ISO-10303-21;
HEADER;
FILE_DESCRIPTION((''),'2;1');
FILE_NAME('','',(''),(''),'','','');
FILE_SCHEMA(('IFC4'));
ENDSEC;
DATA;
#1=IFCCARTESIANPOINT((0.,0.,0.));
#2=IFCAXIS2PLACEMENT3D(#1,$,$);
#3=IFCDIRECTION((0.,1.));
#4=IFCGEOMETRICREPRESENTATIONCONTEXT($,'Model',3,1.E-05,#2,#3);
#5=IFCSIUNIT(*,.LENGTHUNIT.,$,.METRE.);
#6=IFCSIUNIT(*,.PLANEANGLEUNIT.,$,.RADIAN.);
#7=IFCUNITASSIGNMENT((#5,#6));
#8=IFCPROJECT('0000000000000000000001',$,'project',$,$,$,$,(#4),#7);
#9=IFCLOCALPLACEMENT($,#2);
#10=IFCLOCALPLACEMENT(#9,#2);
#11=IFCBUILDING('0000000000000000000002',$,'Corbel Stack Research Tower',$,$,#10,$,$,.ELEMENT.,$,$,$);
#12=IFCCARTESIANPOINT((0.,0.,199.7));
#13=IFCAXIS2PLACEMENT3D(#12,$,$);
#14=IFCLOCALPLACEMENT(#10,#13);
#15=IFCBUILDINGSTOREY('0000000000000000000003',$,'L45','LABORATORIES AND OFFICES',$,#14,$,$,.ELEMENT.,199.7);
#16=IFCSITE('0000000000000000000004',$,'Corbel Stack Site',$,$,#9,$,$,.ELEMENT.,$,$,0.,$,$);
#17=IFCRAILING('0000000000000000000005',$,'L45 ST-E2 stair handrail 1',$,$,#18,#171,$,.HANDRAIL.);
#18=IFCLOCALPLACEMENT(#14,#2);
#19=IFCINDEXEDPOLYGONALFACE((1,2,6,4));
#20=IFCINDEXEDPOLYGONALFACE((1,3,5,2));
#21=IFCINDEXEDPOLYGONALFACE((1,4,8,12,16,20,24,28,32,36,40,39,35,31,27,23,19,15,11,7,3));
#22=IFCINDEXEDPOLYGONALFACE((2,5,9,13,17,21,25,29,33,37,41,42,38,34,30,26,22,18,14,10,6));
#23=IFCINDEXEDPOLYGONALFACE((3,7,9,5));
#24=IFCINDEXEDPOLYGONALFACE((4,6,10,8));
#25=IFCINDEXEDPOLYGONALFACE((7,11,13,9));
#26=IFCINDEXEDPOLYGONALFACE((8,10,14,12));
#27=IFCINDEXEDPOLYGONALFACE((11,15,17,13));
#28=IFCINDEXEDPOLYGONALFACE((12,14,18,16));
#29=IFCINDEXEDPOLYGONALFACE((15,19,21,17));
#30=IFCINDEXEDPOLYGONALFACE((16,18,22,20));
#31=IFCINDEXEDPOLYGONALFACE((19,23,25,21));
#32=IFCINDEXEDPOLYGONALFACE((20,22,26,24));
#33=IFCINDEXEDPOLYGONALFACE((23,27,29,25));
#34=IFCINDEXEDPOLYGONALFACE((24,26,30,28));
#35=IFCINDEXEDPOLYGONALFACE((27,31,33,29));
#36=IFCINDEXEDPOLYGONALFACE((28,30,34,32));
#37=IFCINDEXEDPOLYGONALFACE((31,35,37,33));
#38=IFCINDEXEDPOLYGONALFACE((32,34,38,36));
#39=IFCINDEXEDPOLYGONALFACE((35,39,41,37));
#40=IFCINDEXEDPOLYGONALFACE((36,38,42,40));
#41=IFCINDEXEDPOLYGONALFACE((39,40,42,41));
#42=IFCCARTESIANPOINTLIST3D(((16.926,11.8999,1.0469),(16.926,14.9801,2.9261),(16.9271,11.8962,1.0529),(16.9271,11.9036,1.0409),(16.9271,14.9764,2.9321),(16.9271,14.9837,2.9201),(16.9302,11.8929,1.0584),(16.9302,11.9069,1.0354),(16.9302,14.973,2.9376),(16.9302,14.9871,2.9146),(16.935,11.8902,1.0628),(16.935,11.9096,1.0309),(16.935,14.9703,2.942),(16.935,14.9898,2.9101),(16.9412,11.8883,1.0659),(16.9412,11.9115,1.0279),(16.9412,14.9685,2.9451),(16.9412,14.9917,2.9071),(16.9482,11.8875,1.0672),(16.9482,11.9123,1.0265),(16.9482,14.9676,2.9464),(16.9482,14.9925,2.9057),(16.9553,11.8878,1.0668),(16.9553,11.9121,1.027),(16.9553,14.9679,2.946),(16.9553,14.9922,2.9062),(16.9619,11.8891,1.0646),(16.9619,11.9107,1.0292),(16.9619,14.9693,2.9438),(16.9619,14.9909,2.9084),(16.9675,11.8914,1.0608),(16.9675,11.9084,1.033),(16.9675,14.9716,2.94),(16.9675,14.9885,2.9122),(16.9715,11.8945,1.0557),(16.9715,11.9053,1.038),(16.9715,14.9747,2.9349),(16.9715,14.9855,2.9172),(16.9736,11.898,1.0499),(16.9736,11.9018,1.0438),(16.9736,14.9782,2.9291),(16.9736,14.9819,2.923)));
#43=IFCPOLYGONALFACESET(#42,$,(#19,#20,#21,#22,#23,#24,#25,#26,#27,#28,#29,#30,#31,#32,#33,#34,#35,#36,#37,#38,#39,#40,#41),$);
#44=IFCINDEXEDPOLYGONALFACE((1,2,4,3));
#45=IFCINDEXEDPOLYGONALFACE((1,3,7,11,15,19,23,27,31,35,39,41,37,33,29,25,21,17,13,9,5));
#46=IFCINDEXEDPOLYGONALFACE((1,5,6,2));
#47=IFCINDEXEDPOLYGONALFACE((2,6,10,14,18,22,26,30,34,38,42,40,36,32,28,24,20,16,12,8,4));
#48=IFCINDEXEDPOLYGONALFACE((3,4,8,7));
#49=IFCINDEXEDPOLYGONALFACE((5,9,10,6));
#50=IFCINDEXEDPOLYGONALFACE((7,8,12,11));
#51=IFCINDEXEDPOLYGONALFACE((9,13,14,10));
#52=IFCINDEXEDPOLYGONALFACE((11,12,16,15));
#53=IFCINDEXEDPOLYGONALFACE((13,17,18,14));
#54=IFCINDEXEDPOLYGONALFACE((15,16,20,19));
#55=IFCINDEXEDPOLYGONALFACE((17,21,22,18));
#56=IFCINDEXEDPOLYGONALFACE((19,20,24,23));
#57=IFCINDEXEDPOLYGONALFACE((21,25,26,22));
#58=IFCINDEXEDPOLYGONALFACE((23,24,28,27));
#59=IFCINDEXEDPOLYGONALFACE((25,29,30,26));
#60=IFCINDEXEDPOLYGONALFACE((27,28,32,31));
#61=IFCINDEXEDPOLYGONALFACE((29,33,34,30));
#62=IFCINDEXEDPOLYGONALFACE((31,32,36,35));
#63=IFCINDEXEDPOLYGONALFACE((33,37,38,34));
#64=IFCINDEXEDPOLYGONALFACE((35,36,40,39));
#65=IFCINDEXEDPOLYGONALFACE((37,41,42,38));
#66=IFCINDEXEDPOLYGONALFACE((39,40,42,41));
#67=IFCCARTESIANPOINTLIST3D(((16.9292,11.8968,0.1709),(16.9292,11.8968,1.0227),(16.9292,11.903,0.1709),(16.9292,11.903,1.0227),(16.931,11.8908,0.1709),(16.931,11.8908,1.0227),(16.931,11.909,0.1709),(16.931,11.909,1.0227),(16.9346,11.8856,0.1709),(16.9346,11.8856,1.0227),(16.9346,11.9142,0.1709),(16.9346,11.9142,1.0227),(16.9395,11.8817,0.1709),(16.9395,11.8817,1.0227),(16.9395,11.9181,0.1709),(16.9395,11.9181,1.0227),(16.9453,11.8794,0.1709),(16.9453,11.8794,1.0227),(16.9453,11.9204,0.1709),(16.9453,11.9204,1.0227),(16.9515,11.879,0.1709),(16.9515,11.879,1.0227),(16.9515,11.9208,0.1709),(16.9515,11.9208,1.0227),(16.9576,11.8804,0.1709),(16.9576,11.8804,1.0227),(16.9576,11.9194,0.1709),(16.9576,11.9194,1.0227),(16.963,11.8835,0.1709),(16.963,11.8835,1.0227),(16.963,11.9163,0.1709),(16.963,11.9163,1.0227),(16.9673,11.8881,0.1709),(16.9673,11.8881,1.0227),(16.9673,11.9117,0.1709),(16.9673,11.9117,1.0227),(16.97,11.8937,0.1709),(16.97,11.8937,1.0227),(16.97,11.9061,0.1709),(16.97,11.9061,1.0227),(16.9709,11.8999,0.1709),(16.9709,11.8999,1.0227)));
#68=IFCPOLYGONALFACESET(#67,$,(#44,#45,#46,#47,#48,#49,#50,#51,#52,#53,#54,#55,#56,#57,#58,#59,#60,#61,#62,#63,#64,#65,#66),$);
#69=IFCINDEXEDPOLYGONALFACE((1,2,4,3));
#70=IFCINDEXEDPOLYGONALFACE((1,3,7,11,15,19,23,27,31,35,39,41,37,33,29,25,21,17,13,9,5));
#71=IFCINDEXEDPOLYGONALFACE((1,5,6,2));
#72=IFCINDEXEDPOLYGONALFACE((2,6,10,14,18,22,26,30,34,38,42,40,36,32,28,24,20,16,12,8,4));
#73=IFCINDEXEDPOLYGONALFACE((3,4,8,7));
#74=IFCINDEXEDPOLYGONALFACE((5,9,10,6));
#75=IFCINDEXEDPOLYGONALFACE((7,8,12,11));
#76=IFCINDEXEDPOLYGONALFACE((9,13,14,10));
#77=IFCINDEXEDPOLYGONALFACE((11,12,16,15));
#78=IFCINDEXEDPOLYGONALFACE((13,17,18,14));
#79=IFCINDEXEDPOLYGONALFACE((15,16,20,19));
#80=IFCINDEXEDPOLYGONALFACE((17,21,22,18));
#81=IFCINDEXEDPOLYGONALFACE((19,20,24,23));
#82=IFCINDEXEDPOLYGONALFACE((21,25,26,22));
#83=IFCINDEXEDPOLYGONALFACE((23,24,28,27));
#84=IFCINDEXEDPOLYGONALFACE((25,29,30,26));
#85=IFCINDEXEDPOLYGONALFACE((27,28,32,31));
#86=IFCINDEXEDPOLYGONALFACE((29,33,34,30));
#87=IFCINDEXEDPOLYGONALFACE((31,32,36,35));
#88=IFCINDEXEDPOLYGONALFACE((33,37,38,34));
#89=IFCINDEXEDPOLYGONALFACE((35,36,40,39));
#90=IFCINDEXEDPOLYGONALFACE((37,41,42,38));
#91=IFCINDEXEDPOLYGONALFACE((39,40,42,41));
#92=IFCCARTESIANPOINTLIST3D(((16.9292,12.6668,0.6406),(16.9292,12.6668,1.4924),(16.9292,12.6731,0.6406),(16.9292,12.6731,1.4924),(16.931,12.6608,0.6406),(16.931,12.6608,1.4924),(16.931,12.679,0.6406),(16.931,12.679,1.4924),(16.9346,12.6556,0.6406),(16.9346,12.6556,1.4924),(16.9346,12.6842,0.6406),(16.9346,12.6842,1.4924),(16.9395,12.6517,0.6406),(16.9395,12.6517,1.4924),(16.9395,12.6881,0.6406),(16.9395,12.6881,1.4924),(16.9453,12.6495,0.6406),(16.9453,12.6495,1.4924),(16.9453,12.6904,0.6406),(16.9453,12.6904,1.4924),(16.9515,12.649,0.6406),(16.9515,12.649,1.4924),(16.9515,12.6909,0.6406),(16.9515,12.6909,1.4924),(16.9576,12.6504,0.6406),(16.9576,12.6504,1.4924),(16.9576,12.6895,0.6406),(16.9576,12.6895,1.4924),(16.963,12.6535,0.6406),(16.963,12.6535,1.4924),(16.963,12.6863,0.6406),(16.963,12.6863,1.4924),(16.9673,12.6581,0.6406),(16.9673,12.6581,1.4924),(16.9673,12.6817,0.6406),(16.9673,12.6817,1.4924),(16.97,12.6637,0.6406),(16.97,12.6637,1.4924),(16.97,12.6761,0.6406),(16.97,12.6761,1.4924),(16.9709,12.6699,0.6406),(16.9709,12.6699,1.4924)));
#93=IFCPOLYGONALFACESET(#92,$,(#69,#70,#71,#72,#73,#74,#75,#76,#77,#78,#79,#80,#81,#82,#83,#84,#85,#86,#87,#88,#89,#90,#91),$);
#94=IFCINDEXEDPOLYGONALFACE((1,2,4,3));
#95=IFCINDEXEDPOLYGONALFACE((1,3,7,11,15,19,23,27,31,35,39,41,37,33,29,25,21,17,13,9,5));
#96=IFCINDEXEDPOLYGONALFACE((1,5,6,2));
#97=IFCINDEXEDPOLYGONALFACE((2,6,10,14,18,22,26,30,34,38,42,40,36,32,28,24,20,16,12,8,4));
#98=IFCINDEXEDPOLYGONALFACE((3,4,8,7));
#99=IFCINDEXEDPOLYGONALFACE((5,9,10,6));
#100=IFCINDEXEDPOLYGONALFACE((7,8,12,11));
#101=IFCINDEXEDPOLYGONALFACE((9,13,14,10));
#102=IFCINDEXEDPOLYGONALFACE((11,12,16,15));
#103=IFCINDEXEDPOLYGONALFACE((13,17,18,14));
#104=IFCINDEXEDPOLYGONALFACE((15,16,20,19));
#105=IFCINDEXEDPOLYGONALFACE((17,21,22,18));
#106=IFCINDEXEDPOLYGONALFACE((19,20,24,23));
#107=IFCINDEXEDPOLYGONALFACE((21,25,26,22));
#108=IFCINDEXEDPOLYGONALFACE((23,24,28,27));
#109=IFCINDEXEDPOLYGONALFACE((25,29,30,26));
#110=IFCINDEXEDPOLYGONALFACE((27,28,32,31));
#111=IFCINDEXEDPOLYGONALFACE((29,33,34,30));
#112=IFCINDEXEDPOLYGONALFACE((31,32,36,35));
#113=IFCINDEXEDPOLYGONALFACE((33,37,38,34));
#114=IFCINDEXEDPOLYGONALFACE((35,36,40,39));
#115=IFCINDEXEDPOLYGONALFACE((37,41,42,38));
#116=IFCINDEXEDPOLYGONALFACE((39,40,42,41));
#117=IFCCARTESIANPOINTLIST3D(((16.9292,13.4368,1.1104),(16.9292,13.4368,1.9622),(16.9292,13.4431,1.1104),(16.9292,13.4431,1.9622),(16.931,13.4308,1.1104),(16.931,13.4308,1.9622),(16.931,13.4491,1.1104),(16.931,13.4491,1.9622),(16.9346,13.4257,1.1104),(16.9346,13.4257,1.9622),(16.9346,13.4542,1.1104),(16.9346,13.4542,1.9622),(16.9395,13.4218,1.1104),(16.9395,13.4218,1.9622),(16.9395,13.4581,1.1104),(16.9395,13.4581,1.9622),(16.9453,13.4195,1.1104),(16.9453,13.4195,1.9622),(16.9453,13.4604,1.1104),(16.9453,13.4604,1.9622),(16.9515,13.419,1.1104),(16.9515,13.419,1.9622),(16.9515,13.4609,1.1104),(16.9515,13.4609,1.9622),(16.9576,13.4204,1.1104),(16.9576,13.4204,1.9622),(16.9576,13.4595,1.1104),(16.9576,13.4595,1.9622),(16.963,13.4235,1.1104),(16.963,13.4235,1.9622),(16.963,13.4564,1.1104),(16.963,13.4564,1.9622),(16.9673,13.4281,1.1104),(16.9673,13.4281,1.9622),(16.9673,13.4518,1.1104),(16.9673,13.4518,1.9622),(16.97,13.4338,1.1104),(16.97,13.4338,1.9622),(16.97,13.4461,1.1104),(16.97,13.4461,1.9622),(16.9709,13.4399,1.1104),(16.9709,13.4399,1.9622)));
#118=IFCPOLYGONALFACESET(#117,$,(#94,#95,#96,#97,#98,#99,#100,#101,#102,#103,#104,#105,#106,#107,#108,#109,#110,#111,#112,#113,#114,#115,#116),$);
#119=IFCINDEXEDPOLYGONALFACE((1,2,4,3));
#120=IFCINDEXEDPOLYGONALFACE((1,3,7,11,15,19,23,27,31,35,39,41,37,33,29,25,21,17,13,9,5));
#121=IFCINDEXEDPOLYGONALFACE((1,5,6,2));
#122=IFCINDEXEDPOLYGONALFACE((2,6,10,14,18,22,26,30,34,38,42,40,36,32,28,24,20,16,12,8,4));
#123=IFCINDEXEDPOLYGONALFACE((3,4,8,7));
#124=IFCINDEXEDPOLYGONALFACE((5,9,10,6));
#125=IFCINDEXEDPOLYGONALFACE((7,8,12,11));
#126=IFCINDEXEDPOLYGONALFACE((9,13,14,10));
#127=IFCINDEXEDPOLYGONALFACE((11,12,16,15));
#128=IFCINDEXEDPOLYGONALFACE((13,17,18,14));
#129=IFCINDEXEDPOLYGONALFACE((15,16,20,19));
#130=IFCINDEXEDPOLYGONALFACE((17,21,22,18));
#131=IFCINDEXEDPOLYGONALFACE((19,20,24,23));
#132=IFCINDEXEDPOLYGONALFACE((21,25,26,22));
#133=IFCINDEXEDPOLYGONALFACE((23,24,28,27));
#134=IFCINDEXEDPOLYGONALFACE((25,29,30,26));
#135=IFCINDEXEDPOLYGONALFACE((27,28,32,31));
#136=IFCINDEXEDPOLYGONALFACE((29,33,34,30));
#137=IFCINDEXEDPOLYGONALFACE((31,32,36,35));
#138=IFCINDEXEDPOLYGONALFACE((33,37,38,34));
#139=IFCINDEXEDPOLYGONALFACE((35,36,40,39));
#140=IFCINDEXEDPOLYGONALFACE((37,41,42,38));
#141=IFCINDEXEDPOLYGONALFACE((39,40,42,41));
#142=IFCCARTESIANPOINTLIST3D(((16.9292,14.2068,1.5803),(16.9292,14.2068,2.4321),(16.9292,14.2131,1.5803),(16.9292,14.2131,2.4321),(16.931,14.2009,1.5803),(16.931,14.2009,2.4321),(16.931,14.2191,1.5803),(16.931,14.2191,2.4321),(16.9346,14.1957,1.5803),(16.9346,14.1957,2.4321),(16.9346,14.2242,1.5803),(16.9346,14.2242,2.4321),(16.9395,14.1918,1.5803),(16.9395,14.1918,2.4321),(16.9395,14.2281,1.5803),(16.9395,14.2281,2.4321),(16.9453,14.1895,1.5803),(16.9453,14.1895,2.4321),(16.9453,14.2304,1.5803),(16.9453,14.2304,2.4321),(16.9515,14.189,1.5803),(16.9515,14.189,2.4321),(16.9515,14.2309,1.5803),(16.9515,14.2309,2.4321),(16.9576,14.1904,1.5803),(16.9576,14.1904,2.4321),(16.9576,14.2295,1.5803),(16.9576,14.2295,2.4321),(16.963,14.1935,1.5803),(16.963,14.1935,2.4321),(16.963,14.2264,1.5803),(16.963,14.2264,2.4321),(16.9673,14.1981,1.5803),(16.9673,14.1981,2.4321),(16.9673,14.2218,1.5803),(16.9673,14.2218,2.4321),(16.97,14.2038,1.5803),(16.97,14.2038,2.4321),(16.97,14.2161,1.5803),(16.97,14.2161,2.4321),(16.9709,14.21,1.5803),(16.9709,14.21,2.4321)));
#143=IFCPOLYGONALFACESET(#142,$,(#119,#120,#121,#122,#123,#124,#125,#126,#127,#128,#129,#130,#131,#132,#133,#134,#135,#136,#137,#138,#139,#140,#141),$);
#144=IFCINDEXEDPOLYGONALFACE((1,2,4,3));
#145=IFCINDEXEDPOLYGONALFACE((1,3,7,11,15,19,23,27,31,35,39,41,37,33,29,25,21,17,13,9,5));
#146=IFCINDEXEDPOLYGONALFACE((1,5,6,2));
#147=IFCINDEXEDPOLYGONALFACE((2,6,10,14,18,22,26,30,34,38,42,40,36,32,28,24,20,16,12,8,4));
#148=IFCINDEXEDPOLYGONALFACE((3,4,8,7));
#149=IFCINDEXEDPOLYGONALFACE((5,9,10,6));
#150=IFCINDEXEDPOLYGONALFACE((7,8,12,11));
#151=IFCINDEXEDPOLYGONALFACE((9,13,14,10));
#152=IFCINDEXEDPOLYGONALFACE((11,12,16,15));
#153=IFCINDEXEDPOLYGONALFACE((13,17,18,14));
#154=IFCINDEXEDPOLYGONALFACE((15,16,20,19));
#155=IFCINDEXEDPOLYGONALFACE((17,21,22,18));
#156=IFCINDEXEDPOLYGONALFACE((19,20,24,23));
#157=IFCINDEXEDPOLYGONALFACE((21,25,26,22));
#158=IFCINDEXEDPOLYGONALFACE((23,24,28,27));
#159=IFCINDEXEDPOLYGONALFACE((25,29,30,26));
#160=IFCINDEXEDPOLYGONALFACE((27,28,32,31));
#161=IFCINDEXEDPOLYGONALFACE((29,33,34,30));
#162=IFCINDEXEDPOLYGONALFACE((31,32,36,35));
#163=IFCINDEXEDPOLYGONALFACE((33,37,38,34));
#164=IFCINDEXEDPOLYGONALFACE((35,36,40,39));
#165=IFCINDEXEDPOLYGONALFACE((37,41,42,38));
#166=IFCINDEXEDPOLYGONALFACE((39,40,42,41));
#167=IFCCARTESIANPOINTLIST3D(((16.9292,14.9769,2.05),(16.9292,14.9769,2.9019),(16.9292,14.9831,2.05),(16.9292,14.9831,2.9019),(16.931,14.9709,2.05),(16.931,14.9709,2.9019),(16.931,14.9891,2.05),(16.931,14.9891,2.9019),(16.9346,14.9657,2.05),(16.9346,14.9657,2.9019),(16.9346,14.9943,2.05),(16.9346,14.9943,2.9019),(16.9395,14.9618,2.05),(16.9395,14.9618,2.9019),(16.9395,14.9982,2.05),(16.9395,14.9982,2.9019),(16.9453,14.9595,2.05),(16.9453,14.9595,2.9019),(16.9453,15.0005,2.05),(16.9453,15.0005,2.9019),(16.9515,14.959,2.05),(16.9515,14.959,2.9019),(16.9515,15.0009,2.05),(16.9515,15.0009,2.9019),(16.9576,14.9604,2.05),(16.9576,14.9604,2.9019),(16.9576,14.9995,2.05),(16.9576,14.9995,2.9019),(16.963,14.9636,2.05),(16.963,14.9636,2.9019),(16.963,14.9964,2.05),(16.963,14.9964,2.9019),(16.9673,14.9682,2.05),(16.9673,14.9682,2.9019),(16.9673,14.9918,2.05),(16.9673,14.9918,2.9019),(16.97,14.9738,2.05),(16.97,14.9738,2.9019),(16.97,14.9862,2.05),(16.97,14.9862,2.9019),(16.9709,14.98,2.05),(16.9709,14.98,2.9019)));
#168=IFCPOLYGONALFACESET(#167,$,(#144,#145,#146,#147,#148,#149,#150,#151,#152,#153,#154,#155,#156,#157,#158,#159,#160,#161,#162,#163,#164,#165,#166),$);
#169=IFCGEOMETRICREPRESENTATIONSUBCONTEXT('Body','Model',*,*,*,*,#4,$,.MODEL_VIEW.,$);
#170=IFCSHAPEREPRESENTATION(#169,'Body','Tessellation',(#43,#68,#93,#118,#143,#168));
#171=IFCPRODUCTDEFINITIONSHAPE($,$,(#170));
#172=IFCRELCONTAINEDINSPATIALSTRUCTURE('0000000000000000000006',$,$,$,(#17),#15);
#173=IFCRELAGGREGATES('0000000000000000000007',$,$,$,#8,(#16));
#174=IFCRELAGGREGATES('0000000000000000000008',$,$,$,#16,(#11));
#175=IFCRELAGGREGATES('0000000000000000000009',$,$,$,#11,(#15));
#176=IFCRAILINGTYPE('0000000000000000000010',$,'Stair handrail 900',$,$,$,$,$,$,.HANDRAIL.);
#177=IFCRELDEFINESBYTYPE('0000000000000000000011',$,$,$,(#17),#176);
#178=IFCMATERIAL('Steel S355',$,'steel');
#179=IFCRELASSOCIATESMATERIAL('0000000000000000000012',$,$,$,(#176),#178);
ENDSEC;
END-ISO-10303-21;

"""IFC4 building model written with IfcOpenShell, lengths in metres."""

from ifc_helpers import new_model, si_unit, direction, frame, origin, origin_2d, place, context, subcontext, project, spatial, circle, extrude, material, type_object, element, save


model = new_model("IFC4")

# Units and contexts
model_context = context("Model", 3, precision=1e-05, world=origin(), true_north=direction((0.0, 1.0)))
body_context = subcontext(model_context, "Body", "Model", "MODEL_VIEW")
ifc_project = project(units=[si_unit("LENGTHUNIT", "METRE"), si_unit("PLANEANGLEUNIT", "RADIAN")], contexts=[model_context])

# Site, building, storey
site_placement = place(None, origin())
site = spatial("IfcSite", under=ifc_project, at=site_placement, Name="Corbel Stack Site", CompositionType="ELEMENT", RefElevation=0.0)
building_placement = place(site_placement, origin())
building = spatial("IfcBuilding", under=site, at=building_placement, Name="Corbel Stack Research Tower", CompositionType="ELEMENT")
storey_placement = place(building_placement, frame((0.0, 0.0, 199.7)))
storey = spatial("IfcBuildingStorey", under=building, at=storey_placement, Name="L45", Description="LABORATORIES AND OFFICES", CompositionType="ELEMENT", Elevation=199.7)

# Railing
ifc_material_1 = material(Name="Steel S355", Category="steel")
railing_type_1 = type_object("IfcRailingType", Name="Stair handrail 900", PredefinedType="HANDRAIL", material=ifc_material_1)
railing_1_placement = place(storey_placement, frame((16.95, 11.8999, 0.1709)))
element("IfcRailing", 1, at=railing_1_placement, inside=storey, type_object=railing_type_1, Name="L45 ST-E2 stair handrail 1", PredefinedType="HANDRAIL", context=body_context, shape_type="SweptSolid", body=[
    extrude(circle(Radius=0.0239, at=origin_2d()), frame((0.0, 0.0, 0.876), z_axis=(0.0, 0.853666, 0.52082), x_axis=(-1.0, 0.0, 0.0)), (0.0, 0.0, 1.0), 3.6082),
    extrude(circle(Radius=0.021, at=origin_2d()), origin(), (0.0, 0.0, 1.0), 0.8518),
    extrude(circle(Radius=0.021, at=origin_2d()), frame((0.0, 0.77, 0.4697)), (0.0, 0.0, 1.0), 0.8518),
    extrude(circle(Radius=0.021, at=origin_2d()), frame((0.0, 1.54, 0.9395)), (0.0, 0.0, 1.0), 0.8518),
    extrude(circle(Radius=0.021, at=origin_2d()), frame((0.0, 2.3101, 1.4094)), (0.0, 0.0, 1.0), 0.8518),
    extrude(circle(Radius=0.021, at=origin_2d()), frame((0.0, 3.0801, 1.8792)), (0.0, 0.0, 1.0), 0.8518),
])

save(model, "model.ifc")
